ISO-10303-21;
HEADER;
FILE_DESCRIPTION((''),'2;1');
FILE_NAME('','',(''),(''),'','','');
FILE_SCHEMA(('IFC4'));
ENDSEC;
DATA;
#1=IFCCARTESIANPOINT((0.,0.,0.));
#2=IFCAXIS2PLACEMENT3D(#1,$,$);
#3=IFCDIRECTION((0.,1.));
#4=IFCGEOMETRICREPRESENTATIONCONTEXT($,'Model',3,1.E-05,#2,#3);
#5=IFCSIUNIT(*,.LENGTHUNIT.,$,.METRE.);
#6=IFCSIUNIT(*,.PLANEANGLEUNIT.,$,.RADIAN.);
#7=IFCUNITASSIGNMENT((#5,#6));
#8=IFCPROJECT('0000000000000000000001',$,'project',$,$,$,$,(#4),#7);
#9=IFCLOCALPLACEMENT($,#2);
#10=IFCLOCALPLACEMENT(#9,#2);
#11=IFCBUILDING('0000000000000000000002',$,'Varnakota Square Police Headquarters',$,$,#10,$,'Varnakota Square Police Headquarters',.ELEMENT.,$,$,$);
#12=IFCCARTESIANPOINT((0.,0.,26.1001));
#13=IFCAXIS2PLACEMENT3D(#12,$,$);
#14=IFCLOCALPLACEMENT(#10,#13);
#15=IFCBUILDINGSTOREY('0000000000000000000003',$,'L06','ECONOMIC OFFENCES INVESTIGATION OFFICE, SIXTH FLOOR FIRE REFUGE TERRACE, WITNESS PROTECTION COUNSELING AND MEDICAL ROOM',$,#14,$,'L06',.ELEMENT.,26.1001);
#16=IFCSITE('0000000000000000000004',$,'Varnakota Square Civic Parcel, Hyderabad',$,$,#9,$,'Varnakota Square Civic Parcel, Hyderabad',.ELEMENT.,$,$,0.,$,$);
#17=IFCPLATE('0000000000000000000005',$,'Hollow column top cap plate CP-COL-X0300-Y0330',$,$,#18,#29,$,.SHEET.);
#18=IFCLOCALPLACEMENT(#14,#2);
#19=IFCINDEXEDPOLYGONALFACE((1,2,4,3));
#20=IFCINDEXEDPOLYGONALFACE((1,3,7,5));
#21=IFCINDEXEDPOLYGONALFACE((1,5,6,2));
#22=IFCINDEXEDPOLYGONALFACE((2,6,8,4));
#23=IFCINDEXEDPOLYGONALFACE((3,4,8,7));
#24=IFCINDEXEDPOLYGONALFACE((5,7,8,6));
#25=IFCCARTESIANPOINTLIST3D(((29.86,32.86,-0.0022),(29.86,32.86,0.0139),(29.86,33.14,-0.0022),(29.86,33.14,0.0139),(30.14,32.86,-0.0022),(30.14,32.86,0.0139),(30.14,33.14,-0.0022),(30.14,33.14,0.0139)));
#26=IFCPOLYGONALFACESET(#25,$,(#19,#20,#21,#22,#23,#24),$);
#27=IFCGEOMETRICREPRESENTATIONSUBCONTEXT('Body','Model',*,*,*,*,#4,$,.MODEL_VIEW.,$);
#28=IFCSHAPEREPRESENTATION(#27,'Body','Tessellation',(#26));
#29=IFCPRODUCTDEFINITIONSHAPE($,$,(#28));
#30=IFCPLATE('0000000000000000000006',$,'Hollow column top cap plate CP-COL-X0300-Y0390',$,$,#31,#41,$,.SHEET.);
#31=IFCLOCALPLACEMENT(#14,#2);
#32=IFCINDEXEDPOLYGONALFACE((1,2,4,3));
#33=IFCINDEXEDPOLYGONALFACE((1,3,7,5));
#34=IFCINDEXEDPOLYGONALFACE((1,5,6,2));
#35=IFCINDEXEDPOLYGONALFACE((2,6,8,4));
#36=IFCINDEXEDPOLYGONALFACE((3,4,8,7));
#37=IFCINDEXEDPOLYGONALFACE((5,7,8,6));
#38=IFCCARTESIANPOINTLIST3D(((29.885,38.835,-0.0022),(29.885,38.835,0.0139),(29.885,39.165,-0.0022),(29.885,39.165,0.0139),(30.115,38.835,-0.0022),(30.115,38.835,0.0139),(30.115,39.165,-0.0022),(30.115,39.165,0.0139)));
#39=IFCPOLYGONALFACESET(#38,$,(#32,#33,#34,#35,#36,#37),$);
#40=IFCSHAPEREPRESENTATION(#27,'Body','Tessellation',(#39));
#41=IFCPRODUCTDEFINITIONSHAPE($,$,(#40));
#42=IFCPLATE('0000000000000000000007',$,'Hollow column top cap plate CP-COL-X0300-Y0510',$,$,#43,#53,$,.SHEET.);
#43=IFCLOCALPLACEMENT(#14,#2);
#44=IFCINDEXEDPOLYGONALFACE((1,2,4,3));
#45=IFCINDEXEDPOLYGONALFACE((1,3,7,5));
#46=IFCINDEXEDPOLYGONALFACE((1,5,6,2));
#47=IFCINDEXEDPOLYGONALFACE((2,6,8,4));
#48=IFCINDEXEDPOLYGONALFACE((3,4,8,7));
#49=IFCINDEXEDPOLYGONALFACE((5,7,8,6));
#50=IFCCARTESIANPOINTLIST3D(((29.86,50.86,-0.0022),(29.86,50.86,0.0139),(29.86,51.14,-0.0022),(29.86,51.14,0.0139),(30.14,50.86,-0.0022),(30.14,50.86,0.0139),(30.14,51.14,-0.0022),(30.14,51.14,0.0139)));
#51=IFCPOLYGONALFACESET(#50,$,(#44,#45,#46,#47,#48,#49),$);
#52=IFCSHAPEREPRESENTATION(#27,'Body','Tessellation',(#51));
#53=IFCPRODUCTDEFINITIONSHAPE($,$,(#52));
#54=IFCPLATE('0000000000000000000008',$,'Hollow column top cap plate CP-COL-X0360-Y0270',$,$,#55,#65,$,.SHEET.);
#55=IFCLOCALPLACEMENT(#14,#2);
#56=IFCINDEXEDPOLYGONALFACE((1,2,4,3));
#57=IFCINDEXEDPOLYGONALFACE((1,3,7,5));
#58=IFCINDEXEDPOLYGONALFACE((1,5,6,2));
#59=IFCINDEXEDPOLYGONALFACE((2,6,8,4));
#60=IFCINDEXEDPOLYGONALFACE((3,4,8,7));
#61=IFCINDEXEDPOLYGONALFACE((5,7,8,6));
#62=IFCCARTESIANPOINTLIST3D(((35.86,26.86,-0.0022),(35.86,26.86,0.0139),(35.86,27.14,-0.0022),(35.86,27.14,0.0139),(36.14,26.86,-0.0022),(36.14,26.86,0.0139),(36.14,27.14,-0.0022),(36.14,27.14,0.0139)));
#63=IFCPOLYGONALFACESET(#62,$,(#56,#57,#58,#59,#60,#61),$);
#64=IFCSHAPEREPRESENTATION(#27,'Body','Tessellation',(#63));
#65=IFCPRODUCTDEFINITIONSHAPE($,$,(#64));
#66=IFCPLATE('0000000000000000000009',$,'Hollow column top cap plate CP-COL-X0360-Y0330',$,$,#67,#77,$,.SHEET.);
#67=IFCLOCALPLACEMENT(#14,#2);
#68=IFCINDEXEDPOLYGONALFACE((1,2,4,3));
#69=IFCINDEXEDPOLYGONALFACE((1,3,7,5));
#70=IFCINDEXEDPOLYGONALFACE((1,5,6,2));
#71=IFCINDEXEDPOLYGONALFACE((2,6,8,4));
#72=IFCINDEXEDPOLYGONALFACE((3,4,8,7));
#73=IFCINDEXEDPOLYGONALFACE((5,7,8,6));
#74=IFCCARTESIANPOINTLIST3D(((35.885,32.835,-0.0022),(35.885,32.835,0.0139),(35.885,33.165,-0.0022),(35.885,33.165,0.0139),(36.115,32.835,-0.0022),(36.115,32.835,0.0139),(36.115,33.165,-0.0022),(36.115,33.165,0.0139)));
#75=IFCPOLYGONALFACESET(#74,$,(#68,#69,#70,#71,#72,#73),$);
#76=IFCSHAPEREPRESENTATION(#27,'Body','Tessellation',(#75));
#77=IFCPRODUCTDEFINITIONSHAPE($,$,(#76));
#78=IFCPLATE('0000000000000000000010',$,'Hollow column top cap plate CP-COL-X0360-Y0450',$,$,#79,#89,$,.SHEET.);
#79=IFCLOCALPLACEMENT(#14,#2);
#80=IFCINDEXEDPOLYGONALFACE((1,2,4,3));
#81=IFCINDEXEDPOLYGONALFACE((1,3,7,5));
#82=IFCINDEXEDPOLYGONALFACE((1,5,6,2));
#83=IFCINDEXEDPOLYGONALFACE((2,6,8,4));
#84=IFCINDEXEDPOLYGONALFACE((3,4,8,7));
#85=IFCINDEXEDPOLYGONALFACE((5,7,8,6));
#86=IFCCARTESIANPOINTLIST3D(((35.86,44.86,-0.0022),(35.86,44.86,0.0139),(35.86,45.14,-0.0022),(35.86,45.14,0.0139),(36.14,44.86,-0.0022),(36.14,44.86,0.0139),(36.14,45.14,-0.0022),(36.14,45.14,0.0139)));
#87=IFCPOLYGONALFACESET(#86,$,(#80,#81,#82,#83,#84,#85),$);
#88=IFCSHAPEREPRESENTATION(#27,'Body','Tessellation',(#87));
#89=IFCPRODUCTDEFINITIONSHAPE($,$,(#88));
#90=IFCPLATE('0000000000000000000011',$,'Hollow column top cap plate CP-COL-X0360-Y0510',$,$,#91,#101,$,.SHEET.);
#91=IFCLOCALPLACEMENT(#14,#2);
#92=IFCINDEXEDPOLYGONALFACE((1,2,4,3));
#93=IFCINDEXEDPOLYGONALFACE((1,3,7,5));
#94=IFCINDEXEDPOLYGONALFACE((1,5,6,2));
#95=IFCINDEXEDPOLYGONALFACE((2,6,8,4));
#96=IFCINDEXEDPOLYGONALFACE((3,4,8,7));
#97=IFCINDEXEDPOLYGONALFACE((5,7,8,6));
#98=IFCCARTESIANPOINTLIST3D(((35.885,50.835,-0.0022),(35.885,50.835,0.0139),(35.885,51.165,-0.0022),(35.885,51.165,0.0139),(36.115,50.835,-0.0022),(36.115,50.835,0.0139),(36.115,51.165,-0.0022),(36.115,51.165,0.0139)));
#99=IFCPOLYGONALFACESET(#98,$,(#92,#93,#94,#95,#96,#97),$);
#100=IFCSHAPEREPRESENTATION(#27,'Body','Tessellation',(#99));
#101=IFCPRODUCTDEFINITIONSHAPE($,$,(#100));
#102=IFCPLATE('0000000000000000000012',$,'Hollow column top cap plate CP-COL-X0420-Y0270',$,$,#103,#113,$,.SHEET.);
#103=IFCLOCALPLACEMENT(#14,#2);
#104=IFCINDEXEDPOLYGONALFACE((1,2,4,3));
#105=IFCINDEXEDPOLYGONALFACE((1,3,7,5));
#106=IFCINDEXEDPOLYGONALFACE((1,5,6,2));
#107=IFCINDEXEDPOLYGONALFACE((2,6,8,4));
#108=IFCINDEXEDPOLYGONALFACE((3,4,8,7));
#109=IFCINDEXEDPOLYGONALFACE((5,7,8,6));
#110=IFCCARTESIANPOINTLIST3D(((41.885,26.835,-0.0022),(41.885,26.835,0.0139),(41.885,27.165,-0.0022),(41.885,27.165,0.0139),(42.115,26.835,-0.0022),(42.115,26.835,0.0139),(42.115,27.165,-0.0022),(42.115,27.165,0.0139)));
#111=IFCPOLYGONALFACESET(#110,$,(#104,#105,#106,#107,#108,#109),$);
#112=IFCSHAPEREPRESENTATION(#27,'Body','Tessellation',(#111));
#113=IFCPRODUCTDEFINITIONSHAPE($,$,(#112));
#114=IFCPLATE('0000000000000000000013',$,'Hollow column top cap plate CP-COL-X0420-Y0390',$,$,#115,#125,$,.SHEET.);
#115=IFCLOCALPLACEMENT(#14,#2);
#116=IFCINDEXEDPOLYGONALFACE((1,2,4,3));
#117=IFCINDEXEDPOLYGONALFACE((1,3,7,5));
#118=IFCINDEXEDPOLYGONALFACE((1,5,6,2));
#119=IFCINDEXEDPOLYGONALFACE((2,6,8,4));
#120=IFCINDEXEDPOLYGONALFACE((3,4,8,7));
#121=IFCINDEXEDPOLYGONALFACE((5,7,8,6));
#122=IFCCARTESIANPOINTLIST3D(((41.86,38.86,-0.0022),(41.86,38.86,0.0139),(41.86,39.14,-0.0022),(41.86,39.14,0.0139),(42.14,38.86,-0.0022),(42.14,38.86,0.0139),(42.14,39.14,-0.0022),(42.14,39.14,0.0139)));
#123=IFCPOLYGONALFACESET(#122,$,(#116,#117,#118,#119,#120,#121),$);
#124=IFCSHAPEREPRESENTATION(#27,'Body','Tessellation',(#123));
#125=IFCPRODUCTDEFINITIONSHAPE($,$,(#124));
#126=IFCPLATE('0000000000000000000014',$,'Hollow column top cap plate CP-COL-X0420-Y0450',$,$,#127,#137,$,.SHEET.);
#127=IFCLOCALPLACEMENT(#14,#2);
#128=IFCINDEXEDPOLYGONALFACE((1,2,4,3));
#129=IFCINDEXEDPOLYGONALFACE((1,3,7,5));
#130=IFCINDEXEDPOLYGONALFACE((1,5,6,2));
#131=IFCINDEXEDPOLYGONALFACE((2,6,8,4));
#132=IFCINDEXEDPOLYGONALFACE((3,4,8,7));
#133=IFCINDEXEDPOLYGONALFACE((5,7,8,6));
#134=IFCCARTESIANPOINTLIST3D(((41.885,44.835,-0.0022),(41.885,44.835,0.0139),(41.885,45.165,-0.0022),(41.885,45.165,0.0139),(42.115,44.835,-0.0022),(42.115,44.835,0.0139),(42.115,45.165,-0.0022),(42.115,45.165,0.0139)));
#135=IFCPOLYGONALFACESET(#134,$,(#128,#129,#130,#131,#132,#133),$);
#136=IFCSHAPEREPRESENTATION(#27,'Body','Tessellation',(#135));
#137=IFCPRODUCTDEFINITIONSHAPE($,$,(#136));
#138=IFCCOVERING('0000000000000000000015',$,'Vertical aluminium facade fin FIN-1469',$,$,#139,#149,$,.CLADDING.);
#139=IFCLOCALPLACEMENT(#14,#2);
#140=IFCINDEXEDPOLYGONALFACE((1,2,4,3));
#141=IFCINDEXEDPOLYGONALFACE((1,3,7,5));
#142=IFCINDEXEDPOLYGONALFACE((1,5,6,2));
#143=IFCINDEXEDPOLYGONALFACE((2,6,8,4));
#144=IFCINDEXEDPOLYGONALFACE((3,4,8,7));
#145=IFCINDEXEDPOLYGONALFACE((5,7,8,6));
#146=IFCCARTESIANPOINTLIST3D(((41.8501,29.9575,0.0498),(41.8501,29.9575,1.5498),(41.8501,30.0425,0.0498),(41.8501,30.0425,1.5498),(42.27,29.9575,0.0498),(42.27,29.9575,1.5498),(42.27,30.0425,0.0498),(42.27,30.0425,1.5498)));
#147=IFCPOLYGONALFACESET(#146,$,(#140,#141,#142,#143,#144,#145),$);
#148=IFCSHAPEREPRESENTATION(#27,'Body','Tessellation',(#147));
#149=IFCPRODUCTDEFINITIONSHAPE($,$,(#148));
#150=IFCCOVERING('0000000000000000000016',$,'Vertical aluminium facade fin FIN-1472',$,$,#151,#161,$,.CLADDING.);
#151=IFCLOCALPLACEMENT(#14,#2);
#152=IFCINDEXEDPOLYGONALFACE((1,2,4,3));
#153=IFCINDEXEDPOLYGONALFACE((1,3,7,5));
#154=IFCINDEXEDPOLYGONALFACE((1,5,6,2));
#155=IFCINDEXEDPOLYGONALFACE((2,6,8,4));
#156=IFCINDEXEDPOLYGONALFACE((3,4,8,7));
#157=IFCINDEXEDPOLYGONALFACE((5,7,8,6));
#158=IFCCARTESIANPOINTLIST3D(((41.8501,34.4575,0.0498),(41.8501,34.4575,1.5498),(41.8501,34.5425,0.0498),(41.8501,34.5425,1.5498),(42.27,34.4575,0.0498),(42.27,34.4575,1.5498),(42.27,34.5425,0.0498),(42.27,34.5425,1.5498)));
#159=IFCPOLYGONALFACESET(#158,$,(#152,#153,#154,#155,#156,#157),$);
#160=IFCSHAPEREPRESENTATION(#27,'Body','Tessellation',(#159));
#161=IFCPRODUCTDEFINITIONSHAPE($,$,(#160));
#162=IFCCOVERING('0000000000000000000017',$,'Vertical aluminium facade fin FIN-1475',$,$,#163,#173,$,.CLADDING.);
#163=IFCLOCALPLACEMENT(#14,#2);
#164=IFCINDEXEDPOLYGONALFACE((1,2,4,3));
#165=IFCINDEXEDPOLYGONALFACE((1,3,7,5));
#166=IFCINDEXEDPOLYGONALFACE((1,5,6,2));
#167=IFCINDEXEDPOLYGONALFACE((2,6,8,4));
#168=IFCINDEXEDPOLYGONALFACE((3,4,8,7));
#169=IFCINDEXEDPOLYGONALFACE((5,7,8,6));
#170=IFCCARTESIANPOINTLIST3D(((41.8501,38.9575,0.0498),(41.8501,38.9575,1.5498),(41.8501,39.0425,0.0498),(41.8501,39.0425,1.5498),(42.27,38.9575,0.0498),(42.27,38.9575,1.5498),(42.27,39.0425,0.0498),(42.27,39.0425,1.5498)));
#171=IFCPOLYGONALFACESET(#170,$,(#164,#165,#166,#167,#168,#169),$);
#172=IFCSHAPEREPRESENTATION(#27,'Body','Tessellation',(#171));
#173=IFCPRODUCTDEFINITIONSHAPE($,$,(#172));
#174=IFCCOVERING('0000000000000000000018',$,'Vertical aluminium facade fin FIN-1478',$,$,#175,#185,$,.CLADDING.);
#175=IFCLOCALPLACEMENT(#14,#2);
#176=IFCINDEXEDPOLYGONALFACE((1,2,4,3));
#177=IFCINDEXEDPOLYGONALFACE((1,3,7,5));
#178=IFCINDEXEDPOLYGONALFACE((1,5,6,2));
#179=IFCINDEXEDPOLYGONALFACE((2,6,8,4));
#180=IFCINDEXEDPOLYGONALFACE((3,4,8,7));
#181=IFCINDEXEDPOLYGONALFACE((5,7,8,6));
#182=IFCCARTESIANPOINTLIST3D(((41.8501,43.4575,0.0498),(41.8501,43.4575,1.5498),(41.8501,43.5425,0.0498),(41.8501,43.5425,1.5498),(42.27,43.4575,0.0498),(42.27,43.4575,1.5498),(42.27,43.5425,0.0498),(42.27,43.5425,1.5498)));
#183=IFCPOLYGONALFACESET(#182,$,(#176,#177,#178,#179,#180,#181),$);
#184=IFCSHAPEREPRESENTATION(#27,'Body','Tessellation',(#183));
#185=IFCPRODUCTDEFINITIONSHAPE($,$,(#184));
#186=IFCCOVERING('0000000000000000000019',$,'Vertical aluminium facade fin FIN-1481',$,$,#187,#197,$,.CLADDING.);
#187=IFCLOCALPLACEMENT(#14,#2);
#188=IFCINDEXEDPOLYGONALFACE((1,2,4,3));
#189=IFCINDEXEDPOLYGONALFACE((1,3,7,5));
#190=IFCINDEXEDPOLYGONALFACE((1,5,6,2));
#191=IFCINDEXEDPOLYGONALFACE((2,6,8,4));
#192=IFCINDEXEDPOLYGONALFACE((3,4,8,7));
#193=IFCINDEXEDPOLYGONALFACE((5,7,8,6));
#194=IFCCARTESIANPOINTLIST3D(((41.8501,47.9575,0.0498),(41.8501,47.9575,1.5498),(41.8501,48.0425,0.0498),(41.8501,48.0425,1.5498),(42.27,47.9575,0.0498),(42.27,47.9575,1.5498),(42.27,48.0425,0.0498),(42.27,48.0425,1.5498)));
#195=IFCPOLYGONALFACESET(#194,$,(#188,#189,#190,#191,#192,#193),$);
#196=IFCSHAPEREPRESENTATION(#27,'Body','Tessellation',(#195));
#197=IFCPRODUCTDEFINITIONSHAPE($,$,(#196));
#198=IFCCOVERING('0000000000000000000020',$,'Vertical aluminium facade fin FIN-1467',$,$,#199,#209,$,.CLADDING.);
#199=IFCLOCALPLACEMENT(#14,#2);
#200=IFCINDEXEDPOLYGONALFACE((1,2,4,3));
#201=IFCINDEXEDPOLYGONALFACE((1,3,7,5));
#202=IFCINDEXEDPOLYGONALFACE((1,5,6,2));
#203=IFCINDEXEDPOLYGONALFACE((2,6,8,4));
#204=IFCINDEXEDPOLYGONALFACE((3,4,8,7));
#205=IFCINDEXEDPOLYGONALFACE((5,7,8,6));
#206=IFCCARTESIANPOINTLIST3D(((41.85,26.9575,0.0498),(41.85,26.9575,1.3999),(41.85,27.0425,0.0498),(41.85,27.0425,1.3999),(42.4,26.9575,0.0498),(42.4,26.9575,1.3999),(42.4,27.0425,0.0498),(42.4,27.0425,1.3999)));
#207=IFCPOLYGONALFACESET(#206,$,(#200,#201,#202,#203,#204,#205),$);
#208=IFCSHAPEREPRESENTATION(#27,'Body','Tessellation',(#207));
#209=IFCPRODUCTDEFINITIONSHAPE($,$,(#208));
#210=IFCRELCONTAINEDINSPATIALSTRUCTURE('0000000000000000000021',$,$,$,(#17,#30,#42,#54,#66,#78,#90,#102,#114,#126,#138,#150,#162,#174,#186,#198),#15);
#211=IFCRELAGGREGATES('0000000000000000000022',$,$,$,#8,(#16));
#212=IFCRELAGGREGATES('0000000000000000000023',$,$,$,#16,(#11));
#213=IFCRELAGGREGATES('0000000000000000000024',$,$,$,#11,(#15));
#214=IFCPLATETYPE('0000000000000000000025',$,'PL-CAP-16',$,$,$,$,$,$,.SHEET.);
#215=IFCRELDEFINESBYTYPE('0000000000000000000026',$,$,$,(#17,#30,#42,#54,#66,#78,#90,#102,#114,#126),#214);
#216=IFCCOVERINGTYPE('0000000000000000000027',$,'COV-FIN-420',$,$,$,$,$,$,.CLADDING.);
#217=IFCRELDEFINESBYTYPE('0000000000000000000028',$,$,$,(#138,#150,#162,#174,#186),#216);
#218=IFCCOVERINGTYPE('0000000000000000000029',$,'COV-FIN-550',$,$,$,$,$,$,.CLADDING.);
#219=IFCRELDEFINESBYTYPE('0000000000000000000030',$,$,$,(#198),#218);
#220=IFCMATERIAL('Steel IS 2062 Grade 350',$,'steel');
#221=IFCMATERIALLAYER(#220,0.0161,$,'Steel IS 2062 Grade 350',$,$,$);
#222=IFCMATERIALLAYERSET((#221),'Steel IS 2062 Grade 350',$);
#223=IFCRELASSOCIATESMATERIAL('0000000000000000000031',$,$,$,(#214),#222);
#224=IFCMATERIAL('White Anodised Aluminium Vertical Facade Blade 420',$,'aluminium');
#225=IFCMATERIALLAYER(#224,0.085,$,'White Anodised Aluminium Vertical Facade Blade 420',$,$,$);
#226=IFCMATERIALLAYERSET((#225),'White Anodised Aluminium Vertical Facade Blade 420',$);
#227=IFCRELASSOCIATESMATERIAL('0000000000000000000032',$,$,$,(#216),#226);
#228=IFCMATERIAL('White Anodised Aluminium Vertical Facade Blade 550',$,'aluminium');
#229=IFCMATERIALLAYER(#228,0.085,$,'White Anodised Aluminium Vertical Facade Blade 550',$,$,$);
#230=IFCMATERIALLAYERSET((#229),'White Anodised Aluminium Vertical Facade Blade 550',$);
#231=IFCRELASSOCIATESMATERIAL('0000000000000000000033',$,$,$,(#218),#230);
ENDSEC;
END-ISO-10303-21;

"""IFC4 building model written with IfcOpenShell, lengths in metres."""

from ifc_helpers import new_model, si_unit, direction, frame, origin, origin_2d, place, context, subcontext, project, spatial, rectangle, extrude, material, layer, layer_set, type_object, element, save


model = new_model("IFC4")

# Units and contexts
model_context = context("Model", 3, precision=1e-05, world=origin(), true_north=direction((0.0, 1.0)))
body_context = subcontext(model_context, "Body", "Model", "MODEL_VIEW")
ifc_project = project(units=[si_unit("LENGTHUNIT", "METRE"), si_unit("PLANEANGLEUNIT", "RADIAN")], contexts=[model_context])

# Site, building, storey
site_placement = place(None, origin())
site = spatial("IfcSite", under=ifc_project, at=site_placement, Name="Varnakota Square Civic Parcel, Hyderabad", LongName="Varnakota Square Civic Parcel, Hyderabad", CompositionType="ELEMENT", RefElevation=0.0)
building_placement = place(site_placement, origin())
building = spatial("IfcBuilding", under=site, at=building_placement, Name="Varnakota Square Police Headquarters", LongName="Varnakota Square Police Headquarters", CompositionType="ELEMENT")
storey_placement = place(building_placement, frame((0.0, 0.0, 26.1001)))
storey = spatial("IfcBuildingStorey", under=building, at=storey_placement, Name="L06", Description="ECONOMIC OFFENCES INVESTIGATION OFFICE, SIXTH FLOOR FIRE REFUGE TERRACE, WITNESS PROTECTION COUNSELING AND MEDICAL ROOM", LongName="L06", CompositionType="ELEMENT", Elevation=26.1001)

# Plates
ifc_material_1 = material(Name="Steel IS 2062 Grade 350", Category="steel")
ifc_layer_1 = layer(ifc_material_1, 0.0161, Name="Steel IS 2062 Grade 350")
ifc_layer_set_1 = layer_set([ifc_layer_1], Name="Steel IS 2062 Grade 350")
plate_type = type_object("IfcPlateType", Name="PL-CAP-16", PredefinedType="SHEET", material=ifc_layer_set_1)
plate_1_placement = place(storey_placement, frame((30.0, 33.0, -0.0022), z_axis=(0.0, 0.0, 1.0), x_axis=(1.0, 0.0, 0.0)))
element("IfcPlate", 1, at=plate_1_placement, inside=storey, type_object=plate_type, Name="Hollow column top cap plate CP-COL-X0300-Y0330", PredefinedType="SHEET", context=body_context, shape_type="SweptSolid", body=[
    extrude(rectangle(XDim=0.28, YDim=0.28, at=origin_2d()), origin(), (0.0, 0.0, 1.0), 0.0161),
])
plate_2_placement = place(storey_placement, frame((30.0, 39.0, -0.0022), z_axis=(0.0, 0.0, 1.0), x_axis=(1.0, 0.0, 0.0)))
element("IfcPlate", 2, at=plate_2_placement, inside=storey, type_object=plate_type, Name="Hollow column top cap plate CP-COL-X0300-Y0390", PredefinedType="SHEET", context=body_context, shape_type="SweptSolid", body=[
    extrude(rectangle(XDim=0.23, YDim=0.3301, at=origin_2d()), origin(), (0.0, 0.0, 1.0), 0.0161),
])
for number, where, z_axis, x_axis, name in (
    (3, (30.0, 51.0, -0.0022), (0.0, 0.0, 1.0), (1.0, 0.0, 0.0), "Hollow column top cap plate CP-COL-X0300-Y0510"),
    (4, (36.0, 27.0, -0.0022), (0.0, 0.0, 1.0), (1.0, 0.0, 0.0), "Hollow column top cap plate CP-COL-X0360-Y0270"),
):
    element("IfcPlate", number, at=place(storey_placement, frame(where, z_axis=z_axis, x_axis=x_axis)), inside=storey, type_object=plate_type, Name=name, PredefinedType="SHEET", context=body_context, shape_type="SweptSolid", body=[
        extrude(rectangle(XDim=0.28, YDim=0.28, at=origin_2d()), origin(), (0.0, 0.0, 1.0), 0.0161),
    ])
plate_3_placement = place(storey_placement, frame((36.0, 33.0, -0.0022), z_axis=(0.0, 0.0, 1.0), x_axis=(1.0, 0.0, 0.0)))
element("IfcPlate", 5, at=plate_3_placement, inside=storey, type_object=plate_type, Name="Hollow column top cap plate CP-COL-X0360-Y0330", PredefinedType="SHEET", context=body_context, shape_type="SweptSolid", body=[
    extrude(rectangle(XDim=0.23, YDim=0.3301, at=origin_2d()), origin(), (0.0, 0.0, 1.0), 0.0161),
])
plate_4_placement = place(storey_placement, frame((36.0, 45.0, -0.0022), z_axis=(0.0, 0.0, 1.0), x_axis=(1.0, 0.0, 0.0)))
element("IfcPlate", 6, at=plate_4_placement, inside=storey, type_object=plate_type, Name="Hollow column top cap plate CP-COL-X0360-Y0450", PredefinedType="SHEET", context=body_context, shape_type="SweptSolid", body=[
    extrude(rectangle(XDim=0.28, YDim=0.28, at=origin_2d()), origin(), (0.0, 0.0, 1.0), 0.0161),
])
for number, where, z_axis, x_axis, name in (
    (7, (36.0, 51.0, -0.0022), (0.0, 0.0, 1.0), (1.0, 0.0, 0.0), "Hollow column top cap plate CP-COL-X0360-Y0510"),
    (8, (42.0, 27.0, -0.0022), (0.0, 0.0, 1.0), (1.0, 0.0, 0.0), "Hollow column top cap plate CP-COL-X0420-Y0270"),
):
    element("IfcPlate", number, at=place(storey_placement, frame(where, z_axis=z_axis, x_axis=x_axis)), inside=storey, type_object=plate_type, Name=name, PredefinedType="SHEET", context=body_context, shape_type="SweptSolid", body=[
        extrude(rectangle(XDim=0.23, YDim=0.3301, at=origin_2d()), origin(), (0.0, 0.0, 1.0), 0.0161),
    ])
plate_5_placement = place(storey_placement, frame((42.0, 39.0, -0.0022), z_axis=(0.0, 0.0, 1.0), x_axis=(1.0, 0.0, 0.0)))
element("IfcPlate", 9, at=plate_5_placement, inside=storey, type_object=plate_type, Name="Hollow column top cap plate CP-COL-X0420-Y0390", PredefinedType="SHEET", context=body_context, shape_type="SweptSolid", body=[
    extrude(rectangle(XDim=0.28, YDim=0.28, at=origin_2d()), origin(), (0.0, 0.0, 1.0), 0.0161),
])
plate_6_placement = place(storey_placement, frame((42.0, 45.0, -0.0022), z_axis=(0.0, 0.0, 1.0), x_axis=(1.0, 0.0, 0.0)))
element("IfcPlate", 10, at=plate_6_placement, inside=storey, type_object=plate_type, Name="Hollow column top cap plate CP-COL-X0420-Y0450", PredefinedType="SHEET", context=body_context, shape_type="SweptSolid", body=[
    extrude(rectangle(XDim=0.23, YDim=0.3301, at=origin_2d()), origin(), (0.0, 0.0, 1.0), 0.0161),
])

# Coverings
ifc_material_2 = material(Name="White Anodised Aluminium Vertical Facade Blade 420", Category="aluminium")
ifc_layer_2 = layer(ifc_material_2, 0.085, Name="White Anodised Aluminium Vertical Facade Blade 420")
ifc_layer_set_2 = layer_set([ifc_layer_2], Name="White Anodised Aluminium Vertical Facade Blade 420")
covering_type_1 = type_object("IfcCoveringType", Name="COV-FIN-420", PredefinedType="CLADDING", material=ifc_layer_set_2)
for number, where, z_axis, x_axis, name in (
    (11, (42.0601, 30.0, 0.0498), (0.0, 0.0, 1.0), (0.0, 1.0, 0.0), "Vertical aluminium facade fin FIN-1469"),
    (12, (42.0601, 34.5, 0.0498), (0.0, 0.0, 1.0), (0.0, 1.0, 0.0), "Vertical aluminium facade fin FIN-1472"),
    (13, (42.0601, 39.0, 0.0498), (0.0, 0.0, 1.0), (0.0, 1.0, 0.0), "Vertical aluminium facade fin FIN-1475"),
    (14, (42.0601, 43.5, 0.0498), (0.0, 0.0, 1.0), (0.0, 1.0, 0.0), "Vertical aluminium facade fin FIN-1478"),
    (15, (42.0601, 48.0, 0.0498), (0.0, 0.0, 1.0), (0.0, 1.0, 0.0), "Vertical aluminium facade fin FIN-1481"),
):
    element("IfcCovering", number, at=place(storey_placement, frame(where, z_axis=z_axis, x_axis=x_axis)), inside=storey, type_object=covering_type_1, Name=name, PredefinedType="CLADDING", context=body_context, shape_type="SweptSolid", body=[
        extrude(rectangle(XDim=0.085, YDim=0.4199, at=origin_2d()), origin(), (0.0, 0.0, 1.0), 1.5),
    ])
ifc_material_3 = material(Name="White Anodised Aluminium Vertical Facade Blade 550", Category="aluminium")
ifc_layer_3 = layer(ifc_material_3, 0.085, Name="White Anodised Aluminium Vertical Facade Blade 550")
ifc_layer_set_3 = layer_set([ifc_layer_3], Name="White Anodised Aluminium Vertical Facade Blade 550")
covering_type_2 = type_object("IfcCoveringType", Name="COV-FIN-550", PredefinedType="CLADDING", material=ifc_layer_set_3)
covering_1_placement = place(storey_placement, frame((42.125, 27.0, 0.0498), z_axis=(0.0, 0.0, 1.0), x_axis=(0.0, 1.0, 0.0)))
element("IfcCovering", 16, at=covering_1_placement, inside=storey, type_object=covering_type_2, Name="Vertical aluminium facade fin FIN-1467", PredefinedType="CLADDING", context=body_context, shape_type="SweptSolid", body=[
    extrude(rectangle(XDim=0.085, YDim=0.55, at=origin_2d()), origin(), (0.0, 0.0, 1.0), 1.3501),
])

save(model, "model.ifc")
